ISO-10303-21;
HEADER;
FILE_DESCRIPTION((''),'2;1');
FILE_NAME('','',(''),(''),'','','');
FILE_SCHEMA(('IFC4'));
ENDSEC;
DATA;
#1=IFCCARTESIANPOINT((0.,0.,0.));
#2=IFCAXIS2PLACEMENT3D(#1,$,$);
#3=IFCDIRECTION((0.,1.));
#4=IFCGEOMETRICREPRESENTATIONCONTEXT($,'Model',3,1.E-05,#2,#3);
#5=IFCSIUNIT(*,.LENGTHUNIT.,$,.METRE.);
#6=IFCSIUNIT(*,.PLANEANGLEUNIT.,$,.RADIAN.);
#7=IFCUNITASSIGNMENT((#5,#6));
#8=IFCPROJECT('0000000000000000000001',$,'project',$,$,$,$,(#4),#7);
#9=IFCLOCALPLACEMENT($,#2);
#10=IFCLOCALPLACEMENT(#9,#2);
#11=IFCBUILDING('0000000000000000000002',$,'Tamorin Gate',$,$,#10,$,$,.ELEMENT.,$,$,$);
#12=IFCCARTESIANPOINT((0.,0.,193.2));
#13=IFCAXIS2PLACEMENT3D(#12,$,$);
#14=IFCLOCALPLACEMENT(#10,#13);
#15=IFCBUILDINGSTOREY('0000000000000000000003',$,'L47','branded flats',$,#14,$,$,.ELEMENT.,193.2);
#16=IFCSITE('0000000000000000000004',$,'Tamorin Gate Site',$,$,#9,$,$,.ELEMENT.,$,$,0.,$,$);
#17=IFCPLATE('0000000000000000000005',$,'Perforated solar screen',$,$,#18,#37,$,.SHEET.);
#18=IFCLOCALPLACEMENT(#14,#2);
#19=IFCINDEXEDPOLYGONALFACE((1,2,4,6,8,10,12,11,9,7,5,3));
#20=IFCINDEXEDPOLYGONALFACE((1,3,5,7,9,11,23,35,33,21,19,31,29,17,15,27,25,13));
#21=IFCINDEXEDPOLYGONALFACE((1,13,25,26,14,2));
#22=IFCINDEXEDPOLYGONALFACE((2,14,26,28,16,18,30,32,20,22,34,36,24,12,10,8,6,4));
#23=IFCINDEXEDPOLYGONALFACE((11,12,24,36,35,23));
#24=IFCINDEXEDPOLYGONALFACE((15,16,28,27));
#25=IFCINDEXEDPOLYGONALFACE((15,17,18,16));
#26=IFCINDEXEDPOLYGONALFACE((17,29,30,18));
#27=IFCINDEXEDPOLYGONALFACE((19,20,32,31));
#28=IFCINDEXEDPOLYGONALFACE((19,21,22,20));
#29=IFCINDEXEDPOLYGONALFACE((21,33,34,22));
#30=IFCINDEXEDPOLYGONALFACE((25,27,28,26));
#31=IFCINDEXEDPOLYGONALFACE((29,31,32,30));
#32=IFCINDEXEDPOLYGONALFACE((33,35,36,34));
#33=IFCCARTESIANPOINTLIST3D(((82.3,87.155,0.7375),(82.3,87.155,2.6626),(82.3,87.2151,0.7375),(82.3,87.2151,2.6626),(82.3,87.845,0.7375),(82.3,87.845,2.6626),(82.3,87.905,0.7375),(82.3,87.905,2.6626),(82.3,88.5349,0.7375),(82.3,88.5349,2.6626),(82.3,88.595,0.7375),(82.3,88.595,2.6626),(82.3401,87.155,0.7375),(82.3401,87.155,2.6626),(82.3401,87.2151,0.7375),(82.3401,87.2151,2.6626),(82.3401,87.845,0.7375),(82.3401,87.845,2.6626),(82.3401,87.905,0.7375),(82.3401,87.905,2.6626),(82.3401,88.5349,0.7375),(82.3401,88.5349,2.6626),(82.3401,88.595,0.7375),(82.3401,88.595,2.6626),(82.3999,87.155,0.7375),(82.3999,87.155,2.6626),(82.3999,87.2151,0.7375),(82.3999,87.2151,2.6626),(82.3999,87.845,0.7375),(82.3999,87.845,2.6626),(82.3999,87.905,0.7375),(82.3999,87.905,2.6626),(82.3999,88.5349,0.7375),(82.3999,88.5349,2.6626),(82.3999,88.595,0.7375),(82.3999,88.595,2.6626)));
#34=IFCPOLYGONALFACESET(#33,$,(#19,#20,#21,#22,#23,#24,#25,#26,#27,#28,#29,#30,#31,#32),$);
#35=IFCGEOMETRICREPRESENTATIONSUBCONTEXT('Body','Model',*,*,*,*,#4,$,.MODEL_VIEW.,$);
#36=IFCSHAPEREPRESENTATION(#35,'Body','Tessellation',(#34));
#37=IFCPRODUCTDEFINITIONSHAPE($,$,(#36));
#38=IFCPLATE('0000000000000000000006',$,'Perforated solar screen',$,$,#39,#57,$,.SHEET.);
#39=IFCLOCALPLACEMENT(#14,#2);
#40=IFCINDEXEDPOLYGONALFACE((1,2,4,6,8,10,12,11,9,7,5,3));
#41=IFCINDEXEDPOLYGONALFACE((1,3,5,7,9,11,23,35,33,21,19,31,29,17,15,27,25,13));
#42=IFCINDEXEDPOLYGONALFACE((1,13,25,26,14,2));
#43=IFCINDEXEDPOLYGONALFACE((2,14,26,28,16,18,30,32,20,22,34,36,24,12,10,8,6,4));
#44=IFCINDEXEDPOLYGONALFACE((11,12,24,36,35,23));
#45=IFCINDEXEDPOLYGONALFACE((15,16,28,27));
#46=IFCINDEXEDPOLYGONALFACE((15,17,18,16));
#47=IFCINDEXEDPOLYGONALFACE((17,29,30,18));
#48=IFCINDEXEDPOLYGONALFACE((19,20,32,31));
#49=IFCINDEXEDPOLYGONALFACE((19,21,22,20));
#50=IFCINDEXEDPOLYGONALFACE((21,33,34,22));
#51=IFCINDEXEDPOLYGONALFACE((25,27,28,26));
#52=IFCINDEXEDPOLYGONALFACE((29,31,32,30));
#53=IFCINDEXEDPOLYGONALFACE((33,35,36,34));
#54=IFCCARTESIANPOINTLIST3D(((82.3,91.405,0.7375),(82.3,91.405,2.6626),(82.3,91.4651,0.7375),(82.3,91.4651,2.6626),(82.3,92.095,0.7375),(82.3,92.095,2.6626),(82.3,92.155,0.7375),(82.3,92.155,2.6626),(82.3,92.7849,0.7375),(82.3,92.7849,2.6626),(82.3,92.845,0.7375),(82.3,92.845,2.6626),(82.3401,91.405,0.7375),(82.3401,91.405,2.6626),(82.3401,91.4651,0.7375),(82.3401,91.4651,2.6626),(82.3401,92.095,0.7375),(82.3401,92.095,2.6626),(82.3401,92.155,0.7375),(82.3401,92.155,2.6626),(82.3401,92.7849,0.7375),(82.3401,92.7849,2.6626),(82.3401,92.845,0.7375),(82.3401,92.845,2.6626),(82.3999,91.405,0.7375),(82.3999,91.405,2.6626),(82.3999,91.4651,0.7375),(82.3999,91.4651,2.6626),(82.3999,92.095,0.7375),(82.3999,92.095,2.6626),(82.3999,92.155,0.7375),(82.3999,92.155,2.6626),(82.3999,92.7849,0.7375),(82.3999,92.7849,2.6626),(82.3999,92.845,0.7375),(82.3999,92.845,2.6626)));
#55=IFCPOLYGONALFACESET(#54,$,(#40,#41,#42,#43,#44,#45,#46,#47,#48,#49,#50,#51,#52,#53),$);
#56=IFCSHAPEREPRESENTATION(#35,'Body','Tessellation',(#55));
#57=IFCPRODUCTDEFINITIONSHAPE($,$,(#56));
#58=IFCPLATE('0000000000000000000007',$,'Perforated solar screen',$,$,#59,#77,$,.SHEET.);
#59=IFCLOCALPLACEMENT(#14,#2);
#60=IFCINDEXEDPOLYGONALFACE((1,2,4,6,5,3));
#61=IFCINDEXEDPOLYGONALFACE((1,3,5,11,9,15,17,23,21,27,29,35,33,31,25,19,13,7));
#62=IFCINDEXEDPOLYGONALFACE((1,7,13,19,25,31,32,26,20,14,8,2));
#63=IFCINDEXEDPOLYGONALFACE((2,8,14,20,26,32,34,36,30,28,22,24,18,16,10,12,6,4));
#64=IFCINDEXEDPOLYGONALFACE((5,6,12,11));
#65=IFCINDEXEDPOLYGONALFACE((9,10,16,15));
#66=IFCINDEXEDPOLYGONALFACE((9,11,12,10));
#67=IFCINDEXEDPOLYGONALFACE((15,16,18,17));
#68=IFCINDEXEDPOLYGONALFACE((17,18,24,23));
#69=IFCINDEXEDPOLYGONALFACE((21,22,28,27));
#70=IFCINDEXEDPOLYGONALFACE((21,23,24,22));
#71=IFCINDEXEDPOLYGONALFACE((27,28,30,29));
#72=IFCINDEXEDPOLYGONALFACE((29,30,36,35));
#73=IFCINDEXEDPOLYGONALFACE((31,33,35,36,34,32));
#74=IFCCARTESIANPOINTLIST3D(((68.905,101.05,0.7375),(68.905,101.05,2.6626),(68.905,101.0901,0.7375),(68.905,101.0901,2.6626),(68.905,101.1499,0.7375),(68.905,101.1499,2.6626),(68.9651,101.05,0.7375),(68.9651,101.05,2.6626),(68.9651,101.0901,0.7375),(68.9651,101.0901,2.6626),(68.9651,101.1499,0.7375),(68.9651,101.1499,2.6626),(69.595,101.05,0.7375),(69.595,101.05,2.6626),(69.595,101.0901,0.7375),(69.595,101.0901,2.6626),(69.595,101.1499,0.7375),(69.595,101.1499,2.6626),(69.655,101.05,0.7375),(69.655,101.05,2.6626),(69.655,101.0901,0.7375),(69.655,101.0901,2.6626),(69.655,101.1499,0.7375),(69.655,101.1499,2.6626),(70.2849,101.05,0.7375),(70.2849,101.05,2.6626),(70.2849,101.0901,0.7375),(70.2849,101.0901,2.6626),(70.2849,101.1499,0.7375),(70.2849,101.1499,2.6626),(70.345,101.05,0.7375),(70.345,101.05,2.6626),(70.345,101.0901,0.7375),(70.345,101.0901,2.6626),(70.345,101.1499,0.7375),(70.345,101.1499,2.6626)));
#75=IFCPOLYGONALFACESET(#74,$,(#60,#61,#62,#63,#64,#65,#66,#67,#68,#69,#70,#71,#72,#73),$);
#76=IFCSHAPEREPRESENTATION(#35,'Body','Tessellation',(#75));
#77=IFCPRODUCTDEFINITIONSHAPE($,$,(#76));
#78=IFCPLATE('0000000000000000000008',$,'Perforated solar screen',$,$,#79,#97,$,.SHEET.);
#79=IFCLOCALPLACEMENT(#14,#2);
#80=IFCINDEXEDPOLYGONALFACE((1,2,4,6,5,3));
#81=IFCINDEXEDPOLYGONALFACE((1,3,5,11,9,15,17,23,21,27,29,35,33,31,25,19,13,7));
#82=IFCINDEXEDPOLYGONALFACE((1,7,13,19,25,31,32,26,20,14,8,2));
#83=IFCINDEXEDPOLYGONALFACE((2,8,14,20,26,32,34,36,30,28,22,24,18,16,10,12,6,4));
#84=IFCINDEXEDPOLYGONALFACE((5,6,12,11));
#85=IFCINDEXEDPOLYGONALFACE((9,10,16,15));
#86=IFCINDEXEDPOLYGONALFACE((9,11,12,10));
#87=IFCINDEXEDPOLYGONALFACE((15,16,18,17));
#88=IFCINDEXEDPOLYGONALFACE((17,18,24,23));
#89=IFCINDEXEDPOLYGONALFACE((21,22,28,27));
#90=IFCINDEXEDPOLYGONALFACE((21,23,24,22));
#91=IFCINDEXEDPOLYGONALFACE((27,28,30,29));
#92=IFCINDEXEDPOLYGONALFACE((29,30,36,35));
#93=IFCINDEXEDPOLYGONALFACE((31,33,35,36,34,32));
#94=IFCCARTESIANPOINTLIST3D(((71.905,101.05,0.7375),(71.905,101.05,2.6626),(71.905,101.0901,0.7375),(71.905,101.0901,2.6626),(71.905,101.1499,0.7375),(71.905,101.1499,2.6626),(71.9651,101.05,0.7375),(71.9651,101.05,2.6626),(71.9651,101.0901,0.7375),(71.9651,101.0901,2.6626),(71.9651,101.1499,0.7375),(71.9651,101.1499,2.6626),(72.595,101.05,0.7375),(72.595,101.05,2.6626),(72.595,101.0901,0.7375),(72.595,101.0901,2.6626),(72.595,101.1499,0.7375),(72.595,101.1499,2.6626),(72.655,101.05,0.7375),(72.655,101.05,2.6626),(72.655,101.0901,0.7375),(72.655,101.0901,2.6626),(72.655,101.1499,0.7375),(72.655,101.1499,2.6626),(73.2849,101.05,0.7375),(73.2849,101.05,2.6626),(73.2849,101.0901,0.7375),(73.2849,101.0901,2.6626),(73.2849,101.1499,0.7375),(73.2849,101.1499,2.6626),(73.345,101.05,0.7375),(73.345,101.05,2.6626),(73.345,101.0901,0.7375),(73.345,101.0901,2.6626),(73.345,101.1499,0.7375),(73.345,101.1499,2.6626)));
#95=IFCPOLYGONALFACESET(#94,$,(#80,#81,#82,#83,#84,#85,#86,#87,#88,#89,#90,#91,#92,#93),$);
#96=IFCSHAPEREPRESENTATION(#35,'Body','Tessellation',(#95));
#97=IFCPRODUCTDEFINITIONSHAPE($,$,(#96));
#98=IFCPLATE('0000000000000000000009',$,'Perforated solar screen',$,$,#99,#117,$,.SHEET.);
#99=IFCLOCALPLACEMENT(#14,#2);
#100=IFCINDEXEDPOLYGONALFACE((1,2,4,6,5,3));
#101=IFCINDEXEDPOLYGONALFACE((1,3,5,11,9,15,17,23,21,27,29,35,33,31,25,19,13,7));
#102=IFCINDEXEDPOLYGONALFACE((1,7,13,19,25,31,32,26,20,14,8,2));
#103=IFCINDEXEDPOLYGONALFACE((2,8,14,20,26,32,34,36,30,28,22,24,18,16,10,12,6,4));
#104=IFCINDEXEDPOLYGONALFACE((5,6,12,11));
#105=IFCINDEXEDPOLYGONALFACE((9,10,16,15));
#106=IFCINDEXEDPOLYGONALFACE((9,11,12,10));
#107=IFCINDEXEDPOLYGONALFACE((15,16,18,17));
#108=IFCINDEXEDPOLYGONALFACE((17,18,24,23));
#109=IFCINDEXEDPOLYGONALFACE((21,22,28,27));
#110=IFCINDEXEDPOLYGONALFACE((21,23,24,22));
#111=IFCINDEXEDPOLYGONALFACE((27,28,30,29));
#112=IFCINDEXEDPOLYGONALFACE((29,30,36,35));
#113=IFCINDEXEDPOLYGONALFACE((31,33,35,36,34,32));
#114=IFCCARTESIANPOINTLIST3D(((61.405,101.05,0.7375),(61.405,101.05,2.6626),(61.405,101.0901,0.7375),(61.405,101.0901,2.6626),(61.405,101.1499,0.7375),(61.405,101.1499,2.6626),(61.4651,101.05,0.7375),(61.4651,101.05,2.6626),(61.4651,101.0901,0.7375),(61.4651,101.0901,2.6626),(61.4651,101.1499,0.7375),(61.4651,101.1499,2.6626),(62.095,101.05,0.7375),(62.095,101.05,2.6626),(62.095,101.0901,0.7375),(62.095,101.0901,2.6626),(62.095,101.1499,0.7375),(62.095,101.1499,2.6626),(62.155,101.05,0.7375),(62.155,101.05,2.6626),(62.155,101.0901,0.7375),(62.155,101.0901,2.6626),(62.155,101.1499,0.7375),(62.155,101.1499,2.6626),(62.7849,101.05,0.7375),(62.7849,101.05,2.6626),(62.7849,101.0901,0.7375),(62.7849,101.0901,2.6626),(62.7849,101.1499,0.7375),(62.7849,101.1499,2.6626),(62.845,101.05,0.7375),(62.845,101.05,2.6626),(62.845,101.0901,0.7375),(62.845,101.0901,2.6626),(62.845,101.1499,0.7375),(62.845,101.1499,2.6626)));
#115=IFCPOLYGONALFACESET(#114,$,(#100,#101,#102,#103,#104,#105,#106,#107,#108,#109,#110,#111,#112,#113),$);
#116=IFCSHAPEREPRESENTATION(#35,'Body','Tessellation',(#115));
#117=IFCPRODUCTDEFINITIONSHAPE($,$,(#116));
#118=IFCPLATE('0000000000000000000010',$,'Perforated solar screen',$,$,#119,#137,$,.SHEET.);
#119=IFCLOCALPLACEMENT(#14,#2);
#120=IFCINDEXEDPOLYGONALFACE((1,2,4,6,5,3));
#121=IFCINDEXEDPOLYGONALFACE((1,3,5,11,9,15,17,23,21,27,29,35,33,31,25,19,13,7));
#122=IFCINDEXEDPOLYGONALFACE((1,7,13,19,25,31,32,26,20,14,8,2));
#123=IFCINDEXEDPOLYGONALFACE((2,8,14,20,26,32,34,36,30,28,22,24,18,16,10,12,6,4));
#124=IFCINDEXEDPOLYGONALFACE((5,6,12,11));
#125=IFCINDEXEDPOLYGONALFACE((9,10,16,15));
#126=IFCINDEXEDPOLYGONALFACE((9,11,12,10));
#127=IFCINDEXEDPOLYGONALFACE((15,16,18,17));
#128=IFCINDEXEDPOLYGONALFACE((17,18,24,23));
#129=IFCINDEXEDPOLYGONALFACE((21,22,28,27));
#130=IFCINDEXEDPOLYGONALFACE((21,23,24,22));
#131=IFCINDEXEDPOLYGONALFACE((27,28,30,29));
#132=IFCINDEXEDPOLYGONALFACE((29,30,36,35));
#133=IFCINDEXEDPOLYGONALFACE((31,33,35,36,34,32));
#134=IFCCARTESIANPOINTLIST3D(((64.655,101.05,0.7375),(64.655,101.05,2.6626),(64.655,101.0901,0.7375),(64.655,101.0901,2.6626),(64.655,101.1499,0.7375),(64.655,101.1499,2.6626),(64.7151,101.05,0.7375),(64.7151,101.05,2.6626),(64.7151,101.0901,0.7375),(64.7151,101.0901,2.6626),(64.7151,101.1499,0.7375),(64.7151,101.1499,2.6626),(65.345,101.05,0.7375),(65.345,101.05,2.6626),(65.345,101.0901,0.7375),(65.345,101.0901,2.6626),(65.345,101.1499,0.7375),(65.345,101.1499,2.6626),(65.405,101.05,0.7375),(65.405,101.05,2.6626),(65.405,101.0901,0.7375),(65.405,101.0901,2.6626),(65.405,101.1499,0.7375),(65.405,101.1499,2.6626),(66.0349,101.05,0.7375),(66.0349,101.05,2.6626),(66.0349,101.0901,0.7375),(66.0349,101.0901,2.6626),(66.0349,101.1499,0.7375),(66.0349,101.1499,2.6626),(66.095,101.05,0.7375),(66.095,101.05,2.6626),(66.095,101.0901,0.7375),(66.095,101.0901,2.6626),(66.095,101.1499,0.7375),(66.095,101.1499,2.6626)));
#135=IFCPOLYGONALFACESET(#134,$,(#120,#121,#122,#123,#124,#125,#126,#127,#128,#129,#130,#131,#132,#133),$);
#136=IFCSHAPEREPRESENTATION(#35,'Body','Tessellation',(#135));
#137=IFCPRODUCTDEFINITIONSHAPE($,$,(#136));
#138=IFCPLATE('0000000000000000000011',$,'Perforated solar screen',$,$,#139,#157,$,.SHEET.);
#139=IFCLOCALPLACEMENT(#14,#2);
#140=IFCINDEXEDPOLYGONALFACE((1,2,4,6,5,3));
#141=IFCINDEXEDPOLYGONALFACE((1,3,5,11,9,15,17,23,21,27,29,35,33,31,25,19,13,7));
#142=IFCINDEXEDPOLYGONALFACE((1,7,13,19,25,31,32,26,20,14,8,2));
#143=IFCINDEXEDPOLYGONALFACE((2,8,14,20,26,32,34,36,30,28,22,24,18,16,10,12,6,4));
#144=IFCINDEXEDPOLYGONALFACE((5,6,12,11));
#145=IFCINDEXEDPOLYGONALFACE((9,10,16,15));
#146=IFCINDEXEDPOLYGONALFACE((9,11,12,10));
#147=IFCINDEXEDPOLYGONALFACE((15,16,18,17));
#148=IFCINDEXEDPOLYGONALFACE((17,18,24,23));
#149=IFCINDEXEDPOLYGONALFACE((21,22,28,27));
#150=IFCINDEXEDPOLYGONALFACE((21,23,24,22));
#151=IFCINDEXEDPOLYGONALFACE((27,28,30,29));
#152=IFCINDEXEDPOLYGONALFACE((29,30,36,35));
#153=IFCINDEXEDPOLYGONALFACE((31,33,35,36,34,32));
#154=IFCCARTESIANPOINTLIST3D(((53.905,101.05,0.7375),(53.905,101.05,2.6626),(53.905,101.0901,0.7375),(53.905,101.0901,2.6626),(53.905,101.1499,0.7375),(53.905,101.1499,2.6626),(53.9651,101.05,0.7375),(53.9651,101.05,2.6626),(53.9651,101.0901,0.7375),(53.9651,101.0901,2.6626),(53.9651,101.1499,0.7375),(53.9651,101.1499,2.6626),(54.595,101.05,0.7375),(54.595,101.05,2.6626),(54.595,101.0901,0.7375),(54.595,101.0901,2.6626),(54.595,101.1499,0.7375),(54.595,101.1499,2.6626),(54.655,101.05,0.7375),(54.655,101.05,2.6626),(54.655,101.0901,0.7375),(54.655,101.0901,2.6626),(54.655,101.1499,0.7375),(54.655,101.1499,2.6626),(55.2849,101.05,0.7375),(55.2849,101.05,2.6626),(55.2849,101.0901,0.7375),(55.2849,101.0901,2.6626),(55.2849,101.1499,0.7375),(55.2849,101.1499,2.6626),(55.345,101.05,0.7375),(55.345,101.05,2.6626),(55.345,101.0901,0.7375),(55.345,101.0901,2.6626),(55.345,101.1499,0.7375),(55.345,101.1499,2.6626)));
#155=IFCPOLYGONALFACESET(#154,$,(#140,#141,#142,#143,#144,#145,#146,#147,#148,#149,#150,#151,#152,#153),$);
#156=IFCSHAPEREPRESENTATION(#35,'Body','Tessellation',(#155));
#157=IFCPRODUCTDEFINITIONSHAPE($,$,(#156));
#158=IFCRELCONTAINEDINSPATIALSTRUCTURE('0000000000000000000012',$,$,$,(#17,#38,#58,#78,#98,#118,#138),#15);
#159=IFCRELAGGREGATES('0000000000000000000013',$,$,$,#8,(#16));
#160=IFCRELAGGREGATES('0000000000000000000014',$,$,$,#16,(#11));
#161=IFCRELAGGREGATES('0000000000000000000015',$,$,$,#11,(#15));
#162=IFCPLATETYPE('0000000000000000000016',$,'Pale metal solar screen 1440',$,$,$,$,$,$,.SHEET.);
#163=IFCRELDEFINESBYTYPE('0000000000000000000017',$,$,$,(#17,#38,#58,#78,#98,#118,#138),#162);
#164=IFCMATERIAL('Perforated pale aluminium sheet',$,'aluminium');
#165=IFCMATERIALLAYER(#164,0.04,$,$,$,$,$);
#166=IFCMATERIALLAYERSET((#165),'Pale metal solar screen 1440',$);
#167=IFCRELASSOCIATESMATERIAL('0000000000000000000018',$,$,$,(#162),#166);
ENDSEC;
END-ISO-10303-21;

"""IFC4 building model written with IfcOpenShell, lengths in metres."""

from ifc_helpers import new_model, si_unit, direction, frame, origin, place, context, subcontext, project, spatial, polyline, outline, extrude, material, layer, layer_set, type_object, element, save


model = new_model("IFC4")

# Units and contexts
model_context = context("Model", 3, precision=1e-05, world=origin(), true_north=direction((0.0, 1.0)))
body_context = subcontext(model_context, "Body", "Model", "MODEL_VIEW")
ifc_project = project(units=[si_unit("LENGTHUNIT", "METRE"), si_unit("PLANEANGLEUNIT", "RADIAN")], contexts=[model_context])

# Site, building, storey
site_placement = place(None, origin())
site = spatial("IfcSite", under=ifc_project, at=site_placement, Name="Tamorin Gate Site", CompositionType="ELEMENT", RefElevation=0.0)
building_placement = place(site_placement, origin())
building = spatial("IfcBuilding", under=site, at=building_placement, Name="Tamorin Gate", CompositionType="ELEMENT")
storey_placement = place(building_placement, frame((0.0, 0.0, 193.2)))
storey = spatial("IfcBuildingStorey", under=building, at=storey_placement, Name="L47", Description="branded flats", CompositionType="ELEMENT", Elevation=193.2)

# Plates
ifc_material_1 = material(Name="Perforated pale aluminium sheet", Category="aluminium")
ifc_layer_1 = layer(ifc_material_1, 0.04)
ifc_layer_set_1 = layer_set([ifc_layer_1], Name="Pale metal solar screen 1440")
plate_type_1 = type_object("IfcPlateType", Name="Pale metal solar screen 1440", PredefinedType="SHEET", material=ifc_layer_set_1)
plate_1_placement = place(storey_placement, frame((0.0, 0.0, 0.7375)))
element("IfcPlate", 1, at=plate_1_placement, inside=storey, type_object=plate_type_1, Name="Perforated solar screen", PredefinedType="SHEET", context=body_context, shape_type="SweptSolid", body=[
    extrude(outline(polyline([(82.3401, 87.155), (82.3, 87.155), (82.3, 87.2151), (82.3, 87.845), (82.3, 87.905), (82.3, 88.5349), (82.3, 88.595), (82.3401, 88.595), (82.3999, 88.595), (82.3999, 88.5349), (82.3401, 88.5349), (82.3401, 87.905), (82.3999, 87.905), (82.3999, 87.845), (82.3401, 87.845), (82.3401, 87.2151), (82.3999, 87.2151), (82.3999, 87.155), (82.3401, 87.155)])), origin(), (0.0, 0.0, 1.0), 1.925),
])
plate_2_placement = place(storey_placement, frame((0.0, 0.0, 0.7375)))
element("IfcPlate", 2, at=plate_2_placement, inside=storey, type_object=plate_type_1, Name="Perforated solar screen", PredefinedType="SHEET", context=body_context, shape_type="SweptSolid", body=[
    extrude(outline(polyline([(82.3401, 91.405), (82.3, 91.405), (82.3, 91.4651), (82.3, 92.095), (82.3, 92.155), (82.3, 92.7849), (82.3, 92.845), (82.3401, 92.845), (82.3999, 92.845), (82.3999, 92.7849), (82.3401, 92.7849), (82.3401, 92.155), (82.3999, 92.155), (82.3999, 92.095), (82.3401, 92.095), (82.3401, 91.4651), (82.3999, 91.4651), (82.3999, 91.405), (82.3401, 91.405)])), origin(), (0.0, 0.0, 1.0), 1.925),
])
plate_3_placement = place(storey_placement, frame((0.0, 0.0, 0.7375)))
element("IfcPlate", 3, at=plate_3_placement, inside=storey, type_object=plate_type_1, Name="Perforated solar screen", PredefinedType="SHEET", context=body_context, shape_type="SweptSolid", body=[
    extrude(outline(polyline([(70.345, 101.0901), (70.345, 101.05), (70.2849, 101.05), (69.655, 101.05), (69.595, 101.05), (68.9651, 101.05), (68.905, 101.05), (68.905, 101.0901), (68.905, 101.1499), (68.9651, 101.1499), (68.9651, 101.0901), (69.595, 101.0901), (69.595, 101.1499), (69.655, 101.1499), (69.655, 101.0901), (70.2849, 101.0901), (70.2849, 101.1499), (70.345, 101.1499), (70.345, 101.0901)])), origin(), (0.0, 0.0, 1.0), 1.925),
])
plate_4_placement = place(storey_placement, frame((0.0, 0.0, 0.7375)))
element("IfcPlate", 4, at=plate_4_placement, inside=storey, type_object=plate_type_1, Name="Perforated solar screen", PredefinedType="SHEET", context=body_context, shape_type="SweptSolid", body=[
    extrude(outline(polyline([(73.345, 101.0901), (73.345, 101.05), (73.2849, 101.05), (72.655, 101.05), (72.595, 101.05), (71.9651, 101.05), (71.905, 101.05), (71.905, 101.05), (71.905, 101.0901), (71.905, 101.0901), (71.905, 101.1499), (71.9651, 101.1499), (71.9651, 101.0901), (72.595, 101.0901), (72.595, 101.1499), (72.655, 101.1499), (72.655, 101.0901), (73.2849, 101.0901), (73.2849, 101.1499), (73.345, 101.1499), (73.345, 101.0901)])), origin(), (0.0, 0.0, 1.0), 1.925),
])
plate_5_placement = place(storey_placement, frame((0.0, 0.0, 0.7375)))
element("IfcPlate", 5, at=plate_5_placement, inside=storey, type_object=plate_type_1, Name="Perforated solar screen", PredefinedType="SHEET", context=body_context, shape_type="SweptSolid", body=[
    extrude(outline(polyline([(62.845, 101.0901), (62.845, 101.05), (62.7849, 101.05), (62.155, 101.05), (62.095, 101.05), (61.4651, 101.05), (61.405, 101.05), (61.405, 101.0901), (61.405, 101.1499), (61.4651, 101.1499), (61.4651, 101.0901), (62.095, 101.0901), (62.095, 101.1499), (62.155, 101.1499), (62.155, 101.0901), (62.7849, 101.0901), (62.7849, 101.1499), (62.845, 101.1499), (62.845, 101.0901)])), origin(), (0.0, 0.0, 1.0), 1.925),
])
plate_6_placement = place(storey_placement, frame((0.0, 0.0, 0.7375)))
element("IfcPlate", 6, at=plate_6_placement, inside=storey, type_object=plate_type_1, Name="Perforated solar screen", PredefinedType="SHEET", context=body_context, shape_type="SweptSolid", body=[
    extrude(outline(polyline([(66.095, 101.0901), (66.095, 101.05), (66.0349, 101.05), (65.405, 101.05), (65.345, 101.05), (64.7151, 101.05), (64.655, 101.05), (64.655, 101.0901), (64.655, 101.1499), (64.7151, 101.1499), (64.7151, 101.0901), (65.345, 101.0901), (65.345, 101.1499), (65.405, 101.1499), (65.405, 101.0901), (66.0349, 101.0901), (66.0349, 101.1499), (66.095, 101.1499), (66.095, 101.0901)])), origin(), (0.0, 0.0, 1.0), 1.925),
])
plate_7_placement = place(storey_placement, frame((0.0, 0.0, 0.7375)))
element("IfcPlate", 7, at=plate_7_placement, inside=storey, type_object=plate_type_1, Name="Perforated solar screen", PredefinedType="SHEET", context=body_context, shape_type="SweptSolid", body=[
    extrude(outline(polyline([(55.345, 101.0901), (55.345, 101.05), (55.2849, 101.05), (54.655, 101.05), (54.595, 101.05), (53.9651, 101.05), (53.905, 101.05), (53.905, 101.0901), (53.905, 101.1499), (53.9651, 101.1499), (53.9651, 101.0901), (54.595, 101.0901), (54.595, 101.1499), (54.655, 101.1499), (54.655, 101.0901), (55.2849, 101.0901), (55.2849, 101.1499), (55.345, 101.1499), (55.345, 101.0901)])), origin(), (0.0, 0.0, 1.0), 1.925),
])

save(model, "model.ifc")
